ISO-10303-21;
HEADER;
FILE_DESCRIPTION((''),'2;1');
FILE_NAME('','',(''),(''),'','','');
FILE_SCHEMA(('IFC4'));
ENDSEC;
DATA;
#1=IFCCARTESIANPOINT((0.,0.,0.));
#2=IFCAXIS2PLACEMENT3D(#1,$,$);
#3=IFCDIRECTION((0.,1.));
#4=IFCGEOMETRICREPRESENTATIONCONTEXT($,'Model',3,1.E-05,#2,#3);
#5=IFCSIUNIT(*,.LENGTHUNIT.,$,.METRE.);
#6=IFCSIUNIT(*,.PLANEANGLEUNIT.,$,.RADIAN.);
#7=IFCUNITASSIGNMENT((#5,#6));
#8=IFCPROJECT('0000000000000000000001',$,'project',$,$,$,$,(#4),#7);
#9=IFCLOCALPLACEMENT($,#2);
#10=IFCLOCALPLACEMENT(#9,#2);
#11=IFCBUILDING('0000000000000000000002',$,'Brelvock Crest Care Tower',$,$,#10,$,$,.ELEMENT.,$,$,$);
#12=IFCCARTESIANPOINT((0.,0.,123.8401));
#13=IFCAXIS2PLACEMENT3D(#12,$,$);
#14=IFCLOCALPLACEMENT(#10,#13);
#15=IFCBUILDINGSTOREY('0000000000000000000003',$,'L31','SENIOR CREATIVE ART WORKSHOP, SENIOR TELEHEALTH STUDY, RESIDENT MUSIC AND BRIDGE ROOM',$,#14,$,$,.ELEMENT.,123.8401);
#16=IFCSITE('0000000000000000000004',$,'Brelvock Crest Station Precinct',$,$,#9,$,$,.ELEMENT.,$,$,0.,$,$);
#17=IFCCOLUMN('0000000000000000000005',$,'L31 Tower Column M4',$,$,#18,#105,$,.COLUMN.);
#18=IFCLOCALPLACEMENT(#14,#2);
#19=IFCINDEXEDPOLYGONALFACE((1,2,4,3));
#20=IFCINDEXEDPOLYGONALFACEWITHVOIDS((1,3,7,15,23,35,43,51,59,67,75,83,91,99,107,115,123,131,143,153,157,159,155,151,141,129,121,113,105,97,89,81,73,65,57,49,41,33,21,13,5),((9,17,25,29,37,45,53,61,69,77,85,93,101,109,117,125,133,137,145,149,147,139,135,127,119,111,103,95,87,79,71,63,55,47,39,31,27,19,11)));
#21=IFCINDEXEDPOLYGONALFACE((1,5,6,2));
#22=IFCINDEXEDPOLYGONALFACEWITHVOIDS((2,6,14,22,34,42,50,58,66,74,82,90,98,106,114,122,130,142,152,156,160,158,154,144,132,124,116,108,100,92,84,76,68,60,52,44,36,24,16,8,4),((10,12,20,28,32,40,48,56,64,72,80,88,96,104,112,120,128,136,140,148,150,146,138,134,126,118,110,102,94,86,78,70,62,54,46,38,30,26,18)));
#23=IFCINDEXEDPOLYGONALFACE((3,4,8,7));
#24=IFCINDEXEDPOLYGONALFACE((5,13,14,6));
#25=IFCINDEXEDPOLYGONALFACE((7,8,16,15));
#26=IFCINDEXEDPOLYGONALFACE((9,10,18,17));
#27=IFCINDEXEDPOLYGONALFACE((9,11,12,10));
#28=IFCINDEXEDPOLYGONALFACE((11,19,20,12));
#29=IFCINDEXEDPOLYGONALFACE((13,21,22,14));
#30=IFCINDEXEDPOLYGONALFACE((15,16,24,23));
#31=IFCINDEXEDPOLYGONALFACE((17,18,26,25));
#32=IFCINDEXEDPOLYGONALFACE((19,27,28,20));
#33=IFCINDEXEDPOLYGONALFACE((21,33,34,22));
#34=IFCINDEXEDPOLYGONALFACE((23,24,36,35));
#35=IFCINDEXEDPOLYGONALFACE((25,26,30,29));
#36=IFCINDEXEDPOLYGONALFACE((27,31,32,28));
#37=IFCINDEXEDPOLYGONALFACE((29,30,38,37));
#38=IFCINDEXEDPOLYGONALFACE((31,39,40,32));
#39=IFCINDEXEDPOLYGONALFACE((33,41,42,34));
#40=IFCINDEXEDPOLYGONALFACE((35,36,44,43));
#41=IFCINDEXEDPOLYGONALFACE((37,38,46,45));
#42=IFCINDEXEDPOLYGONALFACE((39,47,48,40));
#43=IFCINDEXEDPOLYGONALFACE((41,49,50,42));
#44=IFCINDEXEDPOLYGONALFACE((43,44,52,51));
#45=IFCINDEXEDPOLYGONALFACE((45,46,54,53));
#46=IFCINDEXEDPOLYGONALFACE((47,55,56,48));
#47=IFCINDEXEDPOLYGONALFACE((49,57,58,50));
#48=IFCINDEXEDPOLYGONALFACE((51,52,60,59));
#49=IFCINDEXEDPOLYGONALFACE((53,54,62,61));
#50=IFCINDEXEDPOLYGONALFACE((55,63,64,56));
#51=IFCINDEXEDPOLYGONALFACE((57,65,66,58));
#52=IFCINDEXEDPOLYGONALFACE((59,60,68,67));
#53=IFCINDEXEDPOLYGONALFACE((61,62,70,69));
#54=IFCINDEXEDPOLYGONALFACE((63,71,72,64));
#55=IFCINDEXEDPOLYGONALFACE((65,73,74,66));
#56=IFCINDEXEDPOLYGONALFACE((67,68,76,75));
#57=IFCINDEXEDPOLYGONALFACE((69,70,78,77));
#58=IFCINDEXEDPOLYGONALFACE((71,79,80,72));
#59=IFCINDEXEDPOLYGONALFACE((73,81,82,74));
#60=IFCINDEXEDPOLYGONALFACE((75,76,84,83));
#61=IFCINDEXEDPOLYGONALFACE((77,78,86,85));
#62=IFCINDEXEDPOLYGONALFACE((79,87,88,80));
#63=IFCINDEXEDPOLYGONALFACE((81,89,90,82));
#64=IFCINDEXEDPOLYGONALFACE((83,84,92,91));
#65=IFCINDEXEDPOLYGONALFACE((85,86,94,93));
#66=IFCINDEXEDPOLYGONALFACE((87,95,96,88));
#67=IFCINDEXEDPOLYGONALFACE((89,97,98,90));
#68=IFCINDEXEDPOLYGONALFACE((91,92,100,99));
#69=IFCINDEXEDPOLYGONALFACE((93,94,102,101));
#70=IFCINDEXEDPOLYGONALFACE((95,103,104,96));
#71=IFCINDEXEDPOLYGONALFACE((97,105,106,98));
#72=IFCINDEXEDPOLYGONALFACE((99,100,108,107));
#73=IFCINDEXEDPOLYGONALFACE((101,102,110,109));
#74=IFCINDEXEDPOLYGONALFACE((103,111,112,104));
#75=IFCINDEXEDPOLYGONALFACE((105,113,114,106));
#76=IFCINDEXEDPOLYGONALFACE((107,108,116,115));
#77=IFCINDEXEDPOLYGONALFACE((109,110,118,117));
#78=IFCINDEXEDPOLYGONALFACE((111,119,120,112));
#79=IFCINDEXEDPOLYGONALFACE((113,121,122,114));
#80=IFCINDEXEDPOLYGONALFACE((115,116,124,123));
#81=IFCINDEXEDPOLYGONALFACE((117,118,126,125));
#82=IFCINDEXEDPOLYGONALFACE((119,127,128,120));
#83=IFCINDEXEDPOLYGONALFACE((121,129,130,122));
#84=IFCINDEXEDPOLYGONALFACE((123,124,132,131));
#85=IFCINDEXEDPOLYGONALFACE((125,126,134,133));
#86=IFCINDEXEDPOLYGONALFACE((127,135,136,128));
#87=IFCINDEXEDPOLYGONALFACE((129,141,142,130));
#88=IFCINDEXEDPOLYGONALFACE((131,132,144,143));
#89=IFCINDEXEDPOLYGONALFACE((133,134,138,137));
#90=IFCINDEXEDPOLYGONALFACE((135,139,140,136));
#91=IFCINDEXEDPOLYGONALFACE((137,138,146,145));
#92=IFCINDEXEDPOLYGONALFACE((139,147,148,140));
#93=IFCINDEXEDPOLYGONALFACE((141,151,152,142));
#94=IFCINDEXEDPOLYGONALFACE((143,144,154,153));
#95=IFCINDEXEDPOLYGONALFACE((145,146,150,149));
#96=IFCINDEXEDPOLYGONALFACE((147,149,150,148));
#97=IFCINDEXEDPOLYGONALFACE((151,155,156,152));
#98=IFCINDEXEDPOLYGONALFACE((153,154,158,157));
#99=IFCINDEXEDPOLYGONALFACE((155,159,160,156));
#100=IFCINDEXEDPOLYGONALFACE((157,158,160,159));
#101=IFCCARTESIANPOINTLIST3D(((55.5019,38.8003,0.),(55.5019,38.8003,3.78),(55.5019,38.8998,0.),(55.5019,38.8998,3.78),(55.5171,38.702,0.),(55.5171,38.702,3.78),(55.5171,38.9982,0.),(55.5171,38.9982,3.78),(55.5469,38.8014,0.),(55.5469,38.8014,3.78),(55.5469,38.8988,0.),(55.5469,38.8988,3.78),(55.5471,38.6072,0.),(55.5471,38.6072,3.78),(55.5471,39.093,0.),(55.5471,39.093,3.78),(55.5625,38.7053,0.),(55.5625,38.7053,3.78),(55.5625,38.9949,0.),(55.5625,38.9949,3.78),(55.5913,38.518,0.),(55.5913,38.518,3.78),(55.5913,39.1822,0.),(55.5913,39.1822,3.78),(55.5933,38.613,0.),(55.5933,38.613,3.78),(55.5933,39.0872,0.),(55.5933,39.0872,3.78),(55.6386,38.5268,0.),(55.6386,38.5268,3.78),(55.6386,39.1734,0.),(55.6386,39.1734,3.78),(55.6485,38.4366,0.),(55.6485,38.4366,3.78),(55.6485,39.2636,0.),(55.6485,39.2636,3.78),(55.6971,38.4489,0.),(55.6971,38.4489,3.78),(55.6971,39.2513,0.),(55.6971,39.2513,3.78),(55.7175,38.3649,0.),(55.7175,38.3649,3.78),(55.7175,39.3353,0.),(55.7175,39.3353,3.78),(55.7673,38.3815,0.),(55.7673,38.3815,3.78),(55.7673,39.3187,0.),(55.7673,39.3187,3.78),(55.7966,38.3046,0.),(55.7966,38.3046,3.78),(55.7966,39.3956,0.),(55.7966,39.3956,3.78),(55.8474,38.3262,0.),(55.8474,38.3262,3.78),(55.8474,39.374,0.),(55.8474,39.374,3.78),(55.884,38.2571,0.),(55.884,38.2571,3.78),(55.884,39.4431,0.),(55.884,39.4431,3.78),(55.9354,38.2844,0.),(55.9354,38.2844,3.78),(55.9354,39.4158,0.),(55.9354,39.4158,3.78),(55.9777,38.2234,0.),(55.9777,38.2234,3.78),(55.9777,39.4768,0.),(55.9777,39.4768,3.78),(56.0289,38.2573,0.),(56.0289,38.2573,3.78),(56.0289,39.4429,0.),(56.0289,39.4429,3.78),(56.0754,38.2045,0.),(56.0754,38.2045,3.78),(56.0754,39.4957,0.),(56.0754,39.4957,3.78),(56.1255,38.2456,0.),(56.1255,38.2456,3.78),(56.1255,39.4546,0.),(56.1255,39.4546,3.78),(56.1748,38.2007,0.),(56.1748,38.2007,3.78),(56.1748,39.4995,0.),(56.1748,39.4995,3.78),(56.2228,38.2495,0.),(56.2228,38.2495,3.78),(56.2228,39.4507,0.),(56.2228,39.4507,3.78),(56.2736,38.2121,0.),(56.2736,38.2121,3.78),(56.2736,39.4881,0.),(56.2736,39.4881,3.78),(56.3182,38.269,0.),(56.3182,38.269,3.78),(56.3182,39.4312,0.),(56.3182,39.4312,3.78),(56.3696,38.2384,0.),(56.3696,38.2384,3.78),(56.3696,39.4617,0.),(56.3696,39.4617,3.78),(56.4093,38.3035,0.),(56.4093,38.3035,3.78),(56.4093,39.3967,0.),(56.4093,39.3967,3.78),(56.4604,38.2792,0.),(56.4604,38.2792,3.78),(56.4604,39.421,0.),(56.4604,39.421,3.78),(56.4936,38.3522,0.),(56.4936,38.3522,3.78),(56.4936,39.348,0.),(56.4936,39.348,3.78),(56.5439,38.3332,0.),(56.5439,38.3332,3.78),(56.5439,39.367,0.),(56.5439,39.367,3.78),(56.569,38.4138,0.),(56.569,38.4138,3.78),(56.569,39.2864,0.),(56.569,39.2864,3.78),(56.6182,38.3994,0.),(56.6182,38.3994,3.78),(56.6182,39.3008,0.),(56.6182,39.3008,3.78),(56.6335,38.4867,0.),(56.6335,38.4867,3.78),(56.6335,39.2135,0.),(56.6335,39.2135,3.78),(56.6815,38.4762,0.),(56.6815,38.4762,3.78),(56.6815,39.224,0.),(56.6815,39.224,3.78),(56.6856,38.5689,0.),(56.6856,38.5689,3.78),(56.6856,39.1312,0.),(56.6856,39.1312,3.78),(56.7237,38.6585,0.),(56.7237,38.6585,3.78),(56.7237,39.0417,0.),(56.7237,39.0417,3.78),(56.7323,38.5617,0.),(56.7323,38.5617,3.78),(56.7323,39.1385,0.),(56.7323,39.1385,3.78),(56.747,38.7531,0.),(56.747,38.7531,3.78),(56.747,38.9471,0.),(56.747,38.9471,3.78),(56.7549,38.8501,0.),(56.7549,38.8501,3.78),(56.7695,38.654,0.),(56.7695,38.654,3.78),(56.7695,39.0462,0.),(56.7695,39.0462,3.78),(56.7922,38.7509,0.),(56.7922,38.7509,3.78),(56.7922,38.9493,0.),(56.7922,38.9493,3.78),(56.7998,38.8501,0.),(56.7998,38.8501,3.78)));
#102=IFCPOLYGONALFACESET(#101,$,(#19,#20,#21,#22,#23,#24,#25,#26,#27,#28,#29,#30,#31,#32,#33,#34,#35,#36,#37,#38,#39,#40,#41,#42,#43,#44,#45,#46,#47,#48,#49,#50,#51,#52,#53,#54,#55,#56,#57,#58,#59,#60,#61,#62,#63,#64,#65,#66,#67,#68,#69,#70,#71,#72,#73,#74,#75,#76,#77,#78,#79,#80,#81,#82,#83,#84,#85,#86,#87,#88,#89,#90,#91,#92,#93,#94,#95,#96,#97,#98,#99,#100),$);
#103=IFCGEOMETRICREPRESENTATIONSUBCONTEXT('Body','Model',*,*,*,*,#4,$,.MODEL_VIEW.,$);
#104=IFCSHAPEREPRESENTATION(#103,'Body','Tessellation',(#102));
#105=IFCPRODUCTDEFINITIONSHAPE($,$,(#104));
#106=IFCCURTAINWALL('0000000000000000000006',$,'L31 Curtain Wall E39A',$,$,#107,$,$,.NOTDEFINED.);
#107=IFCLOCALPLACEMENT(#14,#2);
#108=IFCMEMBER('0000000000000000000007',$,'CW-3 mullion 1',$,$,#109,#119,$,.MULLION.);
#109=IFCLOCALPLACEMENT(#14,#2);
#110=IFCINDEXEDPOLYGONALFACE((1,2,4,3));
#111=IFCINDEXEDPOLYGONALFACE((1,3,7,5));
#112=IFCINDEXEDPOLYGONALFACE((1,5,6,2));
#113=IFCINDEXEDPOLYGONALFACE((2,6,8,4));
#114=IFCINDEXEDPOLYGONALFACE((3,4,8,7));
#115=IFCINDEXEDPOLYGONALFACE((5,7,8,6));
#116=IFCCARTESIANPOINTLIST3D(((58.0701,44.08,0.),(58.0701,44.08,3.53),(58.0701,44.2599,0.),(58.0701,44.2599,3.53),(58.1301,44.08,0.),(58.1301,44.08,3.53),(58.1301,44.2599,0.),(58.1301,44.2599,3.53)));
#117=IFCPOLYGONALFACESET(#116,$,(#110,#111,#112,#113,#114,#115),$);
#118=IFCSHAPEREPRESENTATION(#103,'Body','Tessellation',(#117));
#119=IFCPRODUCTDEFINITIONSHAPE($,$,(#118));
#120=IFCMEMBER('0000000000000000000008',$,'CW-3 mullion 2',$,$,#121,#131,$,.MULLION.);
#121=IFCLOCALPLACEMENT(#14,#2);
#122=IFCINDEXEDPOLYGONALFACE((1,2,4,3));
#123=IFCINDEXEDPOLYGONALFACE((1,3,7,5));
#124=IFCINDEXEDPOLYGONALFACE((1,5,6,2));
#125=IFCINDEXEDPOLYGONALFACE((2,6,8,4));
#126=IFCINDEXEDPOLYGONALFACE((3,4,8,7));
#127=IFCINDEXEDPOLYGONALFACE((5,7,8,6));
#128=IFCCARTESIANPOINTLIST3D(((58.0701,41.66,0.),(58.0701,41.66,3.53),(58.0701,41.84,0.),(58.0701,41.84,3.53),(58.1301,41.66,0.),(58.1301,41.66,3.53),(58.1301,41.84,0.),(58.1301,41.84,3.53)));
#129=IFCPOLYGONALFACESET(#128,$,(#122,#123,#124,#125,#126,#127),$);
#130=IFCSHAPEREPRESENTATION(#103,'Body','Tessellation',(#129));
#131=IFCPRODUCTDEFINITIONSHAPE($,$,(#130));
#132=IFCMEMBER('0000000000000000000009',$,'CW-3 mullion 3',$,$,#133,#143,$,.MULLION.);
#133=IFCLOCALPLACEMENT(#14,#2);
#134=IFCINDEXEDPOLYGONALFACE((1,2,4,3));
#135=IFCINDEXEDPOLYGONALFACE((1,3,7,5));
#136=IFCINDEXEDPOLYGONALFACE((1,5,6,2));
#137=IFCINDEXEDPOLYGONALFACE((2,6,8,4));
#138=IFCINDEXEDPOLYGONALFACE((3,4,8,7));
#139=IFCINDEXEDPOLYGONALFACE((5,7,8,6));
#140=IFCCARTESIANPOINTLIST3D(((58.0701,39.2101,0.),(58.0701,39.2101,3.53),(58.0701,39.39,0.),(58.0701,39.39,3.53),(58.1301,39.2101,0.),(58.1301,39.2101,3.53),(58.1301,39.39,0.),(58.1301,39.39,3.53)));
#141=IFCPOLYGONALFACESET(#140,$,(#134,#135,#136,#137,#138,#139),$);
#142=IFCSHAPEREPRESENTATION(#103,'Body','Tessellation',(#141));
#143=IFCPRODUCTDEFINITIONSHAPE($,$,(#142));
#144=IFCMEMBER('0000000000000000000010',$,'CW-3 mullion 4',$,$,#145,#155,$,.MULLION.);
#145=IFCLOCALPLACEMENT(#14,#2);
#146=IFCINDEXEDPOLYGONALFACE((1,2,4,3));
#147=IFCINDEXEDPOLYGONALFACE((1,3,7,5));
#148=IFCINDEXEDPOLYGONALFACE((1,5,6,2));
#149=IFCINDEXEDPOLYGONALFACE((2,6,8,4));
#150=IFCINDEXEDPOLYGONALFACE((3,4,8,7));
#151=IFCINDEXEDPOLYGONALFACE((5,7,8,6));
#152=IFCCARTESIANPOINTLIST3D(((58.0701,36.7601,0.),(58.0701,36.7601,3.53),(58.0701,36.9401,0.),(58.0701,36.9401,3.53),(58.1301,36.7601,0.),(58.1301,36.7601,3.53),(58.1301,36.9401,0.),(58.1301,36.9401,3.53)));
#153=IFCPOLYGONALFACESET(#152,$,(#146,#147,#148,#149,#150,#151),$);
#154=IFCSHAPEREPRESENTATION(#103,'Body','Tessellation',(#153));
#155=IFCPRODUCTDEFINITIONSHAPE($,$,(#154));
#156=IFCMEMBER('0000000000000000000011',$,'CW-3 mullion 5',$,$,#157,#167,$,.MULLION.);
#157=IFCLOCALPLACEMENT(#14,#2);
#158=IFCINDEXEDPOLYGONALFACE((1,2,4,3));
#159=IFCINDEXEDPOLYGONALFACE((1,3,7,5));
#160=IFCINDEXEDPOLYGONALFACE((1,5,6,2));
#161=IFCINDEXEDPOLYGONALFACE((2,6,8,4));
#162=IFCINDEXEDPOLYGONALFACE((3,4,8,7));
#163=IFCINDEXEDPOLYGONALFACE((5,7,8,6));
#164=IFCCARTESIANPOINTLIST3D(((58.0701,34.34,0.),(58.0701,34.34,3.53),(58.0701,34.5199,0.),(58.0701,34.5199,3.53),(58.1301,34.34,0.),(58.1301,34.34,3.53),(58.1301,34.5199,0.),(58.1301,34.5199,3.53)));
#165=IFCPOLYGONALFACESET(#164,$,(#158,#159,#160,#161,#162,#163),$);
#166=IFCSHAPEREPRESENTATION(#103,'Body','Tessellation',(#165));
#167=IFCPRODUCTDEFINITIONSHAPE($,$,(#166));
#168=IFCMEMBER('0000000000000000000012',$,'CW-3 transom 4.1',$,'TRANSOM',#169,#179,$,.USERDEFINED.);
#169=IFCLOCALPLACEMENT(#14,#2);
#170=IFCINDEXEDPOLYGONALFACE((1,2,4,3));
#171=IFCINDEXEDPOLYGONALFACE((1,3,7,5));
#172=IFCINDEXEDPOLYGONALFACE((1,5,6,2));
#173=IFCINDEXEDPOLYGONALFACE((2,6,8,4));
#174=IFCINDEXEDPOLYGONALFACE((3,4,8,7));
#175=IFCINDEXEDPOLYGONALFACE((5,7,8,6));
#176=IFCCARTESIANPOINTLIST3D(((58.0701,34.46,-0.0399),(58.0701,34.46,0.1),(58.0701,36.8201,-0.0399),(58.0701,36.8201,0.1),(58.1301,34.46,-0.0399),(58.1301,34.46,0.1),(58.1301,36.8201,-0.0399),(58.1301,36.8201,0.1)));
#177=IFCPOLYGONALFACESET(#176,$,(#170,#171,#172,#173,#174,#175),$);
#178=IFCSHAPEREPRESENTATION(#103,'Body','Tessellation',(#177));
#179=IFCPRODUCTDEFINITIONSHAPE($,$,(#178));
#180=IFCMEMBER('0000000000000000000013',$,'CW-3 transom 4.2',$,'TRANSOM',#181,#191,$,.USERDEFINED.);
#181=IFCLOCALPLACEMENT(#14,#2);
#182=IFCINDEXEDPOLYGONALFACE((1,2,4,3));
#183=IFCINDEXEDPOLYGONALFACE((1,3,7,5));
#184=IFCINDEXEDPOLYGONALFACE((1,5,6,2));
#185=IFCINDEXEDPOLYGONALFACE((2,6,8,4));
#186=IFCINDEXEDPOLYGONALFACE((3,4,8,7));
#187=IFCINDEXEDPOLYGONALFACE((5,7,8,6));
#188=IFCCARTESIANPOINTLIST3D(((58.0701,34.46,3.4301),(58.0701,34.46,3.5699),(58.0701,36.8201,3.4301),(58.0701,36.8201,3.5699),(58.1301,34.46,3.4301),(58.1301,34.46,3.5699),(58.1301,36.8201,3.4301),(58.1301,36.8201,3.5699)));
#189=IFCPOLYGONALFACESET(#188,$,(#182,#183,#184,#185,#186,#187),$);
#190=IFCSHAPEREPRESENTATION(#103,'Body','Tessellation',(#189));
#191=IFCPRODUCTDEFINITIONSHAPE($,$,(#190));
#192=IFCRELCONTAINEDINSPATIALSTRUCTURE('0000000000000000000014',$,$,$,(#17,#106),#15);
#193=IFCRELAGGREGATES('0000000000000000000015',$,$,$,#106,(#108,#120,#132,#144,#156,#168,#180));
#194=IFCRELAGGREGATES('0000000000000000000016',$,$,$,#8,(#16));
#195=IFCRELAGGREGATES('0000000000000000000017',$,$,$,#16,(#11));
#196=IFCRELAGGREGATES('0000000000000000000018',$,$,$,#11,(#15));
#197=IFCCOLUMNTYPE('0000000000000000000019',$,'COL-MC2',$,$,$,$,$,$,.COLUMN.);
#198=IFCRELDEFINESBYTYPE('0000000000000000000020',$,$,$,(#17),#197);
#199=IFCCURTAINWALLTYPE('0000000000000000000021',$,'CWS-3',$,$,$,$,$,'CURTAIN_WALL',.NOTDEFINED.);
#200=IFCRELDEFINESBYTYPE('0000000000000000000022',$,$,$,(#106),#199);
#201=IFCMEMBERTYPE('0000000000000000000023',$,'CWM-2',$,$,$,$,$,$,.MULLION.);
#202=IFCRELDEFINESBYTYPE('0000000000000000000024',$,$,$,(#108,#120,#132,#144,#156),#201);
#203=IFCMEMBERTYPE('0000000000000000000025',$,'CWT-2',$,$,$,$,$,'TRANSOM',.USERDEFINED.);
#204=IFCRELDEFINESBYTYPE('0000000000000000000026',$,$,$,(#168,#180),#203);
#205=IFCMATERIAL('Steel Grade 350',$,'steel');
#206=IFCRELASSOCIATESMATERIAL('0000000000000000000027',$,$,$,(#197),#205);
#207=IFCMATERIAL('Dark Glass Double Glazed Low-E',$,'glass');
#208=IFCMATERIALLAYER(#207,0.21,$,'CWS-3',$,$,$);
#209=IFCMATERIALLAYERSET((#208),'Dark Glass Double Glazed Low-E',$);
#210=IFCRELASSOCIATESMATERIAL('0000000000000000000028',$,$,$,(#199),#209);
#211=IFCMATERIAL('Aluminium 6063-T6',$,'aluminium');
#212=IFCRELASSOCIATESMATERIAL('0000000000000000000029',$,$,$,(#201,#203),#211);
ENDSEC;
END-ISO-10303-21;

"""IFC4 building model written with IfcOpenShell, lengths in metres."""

from ifc_helpers import new_model, si_unit, direction, frame, origin, origin_2d, place, context, subcontext, project, spatial, rectangle, hollow_circle, extrude, source, transform, mapped, material, layer, layer_set, material_profile, profile_set, type_object, element, aggregate, save


model = new_model("IFC4")

# Units and contexts
model_context = context("Model", 3, precision=1e-05, world=origin(), true_north=direction((0.0, 1.0)))
body_context = subcontext(model_context, "Body", "Model", "MODEL_VIEW")
ifc_project = project(units=[si_unit("LENGTHUNIT", "METRE"), si_unit("PLANEANGLEUNIT", "RADIAN")], contexts=[model_context])

# Site, building, storey
site_placement = place(None, origin())
site = spatial("IfcSite", under=ifc_project, at=site_placement, Name="Brelvock Crest Station Precinct", CompositionType="ELEMENT", RefElevation=0.0)
building_placement = place(site_placement, origin())
building = spatial("IfcBuilding", under=site, at=building_placement, Name="Brelvock Crest Care Tower", CompositionType="ELEMENT")
storey_placement = place(building_placement, frame((0.0, 0.0, 123.8401)))
storey = spatial("IfcBuildingStorey", under=building, at=storey_placement, Name="L31", Description="SENIOR CREATIVE ART WORKSHOP, SENIOR TELEHEALTH STUDY, RESIDENT MUSIC AND BRIDGE ROOM", CompositionType="ELEMENT", Elevation=123.8401)

# Column
ifc_material_1 = material(Name="Steel Grade 350", Category="steel")
ifc_material_profile_1 = material_profile(ifc_material_1, hollow_circle(Radius=0.6499, WallThickness=0.0449, at=origin_2d()), Name="CFT1300x45")
ifc_profile_set_1 = profile_set([ifc_material_profile_1], Name="Steel Grade 350")
column_type = type_object("IfcColumnType", Name="COL-MC2", PredefinedType="COLUMN", material=ifc_profile_set_1)
shared_shape_1 = source(origin(), body_context, "Body", "SweptSolid", [
    extrude(hollow_circle(Radius=0.6499, WallThickness=0.0449, at=origin_2d()), origin(), (0.0, 0.0, 1.0), 3.78),
])
column_placement = place(storey_placement, frame((56.1499, 38.8501, 0.0), z_axis=(0.0, 0.0, 1.0), x_axis=(1.0, 0.0, 0.0)))
element("IfcColumn", 1, at=column_placement, inside=storey, type_object=column_type, Name="L31 Tower Column M4", PredefinedType="COLUMN", context=body_context, shape_type="MappedRepresentation", body=[
    mapped(shared_shape_1, transform((0.0, 0.0, 0.0), x_axis=(1.0, 0.0, 0.0), y_axis=(0.0, 1.0, 0.0), z_axis=(0.0, 0.0, 1.0), scale=1.0)),
])

# Curtain wall, members
ifc_material_2 = material(Name="Dark Glass Double Glazed Low-E", Category="glass")
ifc_layer_1 = layer(ifc_material_2, 0.21, Name="CWS-3")
ifc_layer_set_1 = layer_set([ifc_layer_1], Name="Dark Glass Double Glazed Low-E")
curtain_wall_type = type_object("IfcCurtainWallType", Name="CWS-3", ElementType="CURTAIN_WALL", PredefinedType="NOTDEFINED", material=ifc_layer_set_1)
curtain_wall_placement = place(storey_placement, origin())
curtain_wall = element("IfcCurtainWall", 2, at=curtain_wall_placement, inside=storey, type_object=curtain_wall_type, Name="L31 Curtain Wall E39A", PredefinedType="NOTDEFINED")
ifc_material_3 = material(Name="Aluminium 6063-T6", Category="aluminium")
ifc_material_profile_2 = material_profile(ifc_material_3, rectangle(XDim=0.0601, YDim=0.1799, at=origin_2d()), Name="ALU60x180")
ifc_profile_set_2 = profile_set([ifc_material_profile_2], Name="Aluminium 6063-T6")
member_type_1 = type_object("IfcMemberType", Name="CWM-2", PredefinedType="MULLION", material=ifc_profile_set_2)
shared_shape_2 = source(origin(), body_context, "Body", "SweptSolid", [
    extrude(rectangle(XDim=0.0601, YDim=0.1799, at=origin_2d()), origin(), (0.0, 0.0, 1.0), 3.53),
])
member_1_placement = place(storey_placement, frame((58.1001, 44.1699, 0.0), z_axis=(0.0, 0.0, 1.0), x_axis=(1.0, 0.0, 0.0)))
member_1 = element("IfcMember", 3, at=member_1_placement, type_object=member_type_1, Name="CW-3 mullion 1", PredefinedType="MULLION", context=body_context, shape_type="MappedRepresentation", body=[
    mapped(shared_shape_2, transform((0.0, 0.0, 0.0), x_axis=(1.0, 0.0, 0.0), y_axis=(0.0, 1.0, 0.0), z_axis=(0.0, 0.0, 1.0), scale=1.0)),
])
member_2_placement = place(storey_placement, frame((58.1001, 41.75, 0.0), z_axis=(0.0, 0.0, 1.0), x_axis=(1.0, 0.0, 0.0)))
member_2 = element("IfcMember", 4, at=member_2_placement, type_object=member_type_1, Name="CW-3 mullion 2", PredefinedType="MULLION", context=body_context, shape_type="MappedRepresentation", body=[
    mapped(shared_shape_2, transform((0.0, 0.0, 0.0), x_axis=(1.0, 0.0, 0.0), y_axis=(0.0, 1.0, 0.0), z_axis=(0.0, 0.0, 1.0), scale=1.0)),
])
member_3_placement = place(storey_placement, frame((58.1001, 39.3, 0.0), z_axis=(0.0, 0.0, 1.0), x_axis=(1.0, 0.0, 0.0)))
member_3 = element("IfcMember", 5, at=member_3_placement, type_object=member_type_1, Name="CW-3 mullion 3", PredefinedType="MULLION", context=body_context, shape_type="MappedRepresentation", body=[
    mapped(shared_shape_2, transform((0.0, 0.0, 0.0), x_axis=(1.0, 0.0, 0.0), y_axis=(0.0, 1.0, 0.0), z_axis=(0.0, 0.0, 1.0), scale=1.0)),
])
member_4_placement = place(storey_placement, frame((58.1001, 36.8501, 0.0), z_axis=(0.0, 0.0, 1.0), x_axis=(1.0, 0.0, 0.0)))
member_4 = element("IfcMember", 6, at=member_4_placement, type_object=member_type_1, Name="CW-3 mullion 4", PredefinedType="MULLION", context=body_context, shape_type="MappedRepresentation", body=[
    mapped(shared_shape_2, transform((0.0, 0.0, 0.0), x_axis=(1.0, 0.0, 0.0), y_axis=(0.0, 1.0, 0.0), z_axis=(0.0, 0.0, 1.0), scale=1.0)),
])
member_5_placement = place(storey_placement, frame((58.1001, 34.4299, 0.0), z_axis=(0.0, 0.0, 1.0), x_axis=(1.0, 0.0, 0.0)))
member_5 = element("IfcMember", 7, at=member_5_placement, type_object=member_type_1, Name="CW-3 mullion 5", PredefinedType="MULLION", context=body_context, shape_type="MappedRepresentation", body=[
    mapped(shared_shape_2, transform((0.0, 0.0, 0.0), x_axis=(1.0, 0.0, 0.0), y_axis=(0.0, 1.0, 0.0), z_axis=(0.0, 0.0, 1.0), scale=1.0)),
])
ifc_material_profile_3 = material_profile(ifc_material_3, rectangle(XDim=0.0601, YDim=0.1399, at=origin_2d()), Name="ALU60x140")
ifc_profile_set_3 = profile_set([ifc_material_profile_3], Name="Aluminium 6063-T6")
member_type_2 = type_object("IfcMemberType", Name="CWT-2", ElementType="TRANSOM", PredefinedType="USERDEFINED", material=ifc_profile_set_3)
shared_shape_3 = source(origin(), body_context, "Body", "SweptSolid", [
    extrude(rectangle(XDim=0.0601, YDim=0.1399, at=origin_2d()), origin(), (0.0, 0.0, 1.0), 2.3601),
])
member_6_placement = place(storey_placement, frame((58.1001, 36.8201, 0.03), z_axis=(0.0, -1.0, 0.0), x_axis=(1.0, 0.0, 0.0)))
member_6 = element("IfcMember", 8, at=member_6_placement, type_object=member_type_2, Name="CW-3 transom 4.1", ObjectType="TRANSOM", PredefinedType="USERDEFINED", context=body_context, shape_type="MappedRepresentation", body=[
    mapped(shared_shape_3, transform((0.0, 0.0, 0.0), x_axis=(1.0, 0.0, 0.0), y_axis=(0.0, 1.0, 0.0), z_axis=(0.0, 0.0, 1.0), scale=1.0)),
])
member_7_placement = place(storey_placement, frame((58.1001, 36.8201, 3.5), z_axis=(0.0, -1.0, 0.0), x_axis=(1.0, 0.0, 0.0)))
member_7 = element("IfcMember", 9, at=member_7_placement, type_object=member_type_2, Name="CW-3 transom 4.2", ObjectType="TRANSOM", PredefinedType="USERDEFINED", context=body_context, shape_type="MappedRepresentation", body=[
    mapped(shared_shape_3, transform((0.0, 0.0, 0.0), x_axis=(1.0, 0.0, 0.0), y_axis=(0.0, 1.0, 0.0), z_axis=(0.0, 0.0, 1.0), scale=1.0)),
])
aggregate(curtain_wall, [member_1, member_2, member_3, member_4, member_5, member_6, member_7])

save(model, "model.ifc")
